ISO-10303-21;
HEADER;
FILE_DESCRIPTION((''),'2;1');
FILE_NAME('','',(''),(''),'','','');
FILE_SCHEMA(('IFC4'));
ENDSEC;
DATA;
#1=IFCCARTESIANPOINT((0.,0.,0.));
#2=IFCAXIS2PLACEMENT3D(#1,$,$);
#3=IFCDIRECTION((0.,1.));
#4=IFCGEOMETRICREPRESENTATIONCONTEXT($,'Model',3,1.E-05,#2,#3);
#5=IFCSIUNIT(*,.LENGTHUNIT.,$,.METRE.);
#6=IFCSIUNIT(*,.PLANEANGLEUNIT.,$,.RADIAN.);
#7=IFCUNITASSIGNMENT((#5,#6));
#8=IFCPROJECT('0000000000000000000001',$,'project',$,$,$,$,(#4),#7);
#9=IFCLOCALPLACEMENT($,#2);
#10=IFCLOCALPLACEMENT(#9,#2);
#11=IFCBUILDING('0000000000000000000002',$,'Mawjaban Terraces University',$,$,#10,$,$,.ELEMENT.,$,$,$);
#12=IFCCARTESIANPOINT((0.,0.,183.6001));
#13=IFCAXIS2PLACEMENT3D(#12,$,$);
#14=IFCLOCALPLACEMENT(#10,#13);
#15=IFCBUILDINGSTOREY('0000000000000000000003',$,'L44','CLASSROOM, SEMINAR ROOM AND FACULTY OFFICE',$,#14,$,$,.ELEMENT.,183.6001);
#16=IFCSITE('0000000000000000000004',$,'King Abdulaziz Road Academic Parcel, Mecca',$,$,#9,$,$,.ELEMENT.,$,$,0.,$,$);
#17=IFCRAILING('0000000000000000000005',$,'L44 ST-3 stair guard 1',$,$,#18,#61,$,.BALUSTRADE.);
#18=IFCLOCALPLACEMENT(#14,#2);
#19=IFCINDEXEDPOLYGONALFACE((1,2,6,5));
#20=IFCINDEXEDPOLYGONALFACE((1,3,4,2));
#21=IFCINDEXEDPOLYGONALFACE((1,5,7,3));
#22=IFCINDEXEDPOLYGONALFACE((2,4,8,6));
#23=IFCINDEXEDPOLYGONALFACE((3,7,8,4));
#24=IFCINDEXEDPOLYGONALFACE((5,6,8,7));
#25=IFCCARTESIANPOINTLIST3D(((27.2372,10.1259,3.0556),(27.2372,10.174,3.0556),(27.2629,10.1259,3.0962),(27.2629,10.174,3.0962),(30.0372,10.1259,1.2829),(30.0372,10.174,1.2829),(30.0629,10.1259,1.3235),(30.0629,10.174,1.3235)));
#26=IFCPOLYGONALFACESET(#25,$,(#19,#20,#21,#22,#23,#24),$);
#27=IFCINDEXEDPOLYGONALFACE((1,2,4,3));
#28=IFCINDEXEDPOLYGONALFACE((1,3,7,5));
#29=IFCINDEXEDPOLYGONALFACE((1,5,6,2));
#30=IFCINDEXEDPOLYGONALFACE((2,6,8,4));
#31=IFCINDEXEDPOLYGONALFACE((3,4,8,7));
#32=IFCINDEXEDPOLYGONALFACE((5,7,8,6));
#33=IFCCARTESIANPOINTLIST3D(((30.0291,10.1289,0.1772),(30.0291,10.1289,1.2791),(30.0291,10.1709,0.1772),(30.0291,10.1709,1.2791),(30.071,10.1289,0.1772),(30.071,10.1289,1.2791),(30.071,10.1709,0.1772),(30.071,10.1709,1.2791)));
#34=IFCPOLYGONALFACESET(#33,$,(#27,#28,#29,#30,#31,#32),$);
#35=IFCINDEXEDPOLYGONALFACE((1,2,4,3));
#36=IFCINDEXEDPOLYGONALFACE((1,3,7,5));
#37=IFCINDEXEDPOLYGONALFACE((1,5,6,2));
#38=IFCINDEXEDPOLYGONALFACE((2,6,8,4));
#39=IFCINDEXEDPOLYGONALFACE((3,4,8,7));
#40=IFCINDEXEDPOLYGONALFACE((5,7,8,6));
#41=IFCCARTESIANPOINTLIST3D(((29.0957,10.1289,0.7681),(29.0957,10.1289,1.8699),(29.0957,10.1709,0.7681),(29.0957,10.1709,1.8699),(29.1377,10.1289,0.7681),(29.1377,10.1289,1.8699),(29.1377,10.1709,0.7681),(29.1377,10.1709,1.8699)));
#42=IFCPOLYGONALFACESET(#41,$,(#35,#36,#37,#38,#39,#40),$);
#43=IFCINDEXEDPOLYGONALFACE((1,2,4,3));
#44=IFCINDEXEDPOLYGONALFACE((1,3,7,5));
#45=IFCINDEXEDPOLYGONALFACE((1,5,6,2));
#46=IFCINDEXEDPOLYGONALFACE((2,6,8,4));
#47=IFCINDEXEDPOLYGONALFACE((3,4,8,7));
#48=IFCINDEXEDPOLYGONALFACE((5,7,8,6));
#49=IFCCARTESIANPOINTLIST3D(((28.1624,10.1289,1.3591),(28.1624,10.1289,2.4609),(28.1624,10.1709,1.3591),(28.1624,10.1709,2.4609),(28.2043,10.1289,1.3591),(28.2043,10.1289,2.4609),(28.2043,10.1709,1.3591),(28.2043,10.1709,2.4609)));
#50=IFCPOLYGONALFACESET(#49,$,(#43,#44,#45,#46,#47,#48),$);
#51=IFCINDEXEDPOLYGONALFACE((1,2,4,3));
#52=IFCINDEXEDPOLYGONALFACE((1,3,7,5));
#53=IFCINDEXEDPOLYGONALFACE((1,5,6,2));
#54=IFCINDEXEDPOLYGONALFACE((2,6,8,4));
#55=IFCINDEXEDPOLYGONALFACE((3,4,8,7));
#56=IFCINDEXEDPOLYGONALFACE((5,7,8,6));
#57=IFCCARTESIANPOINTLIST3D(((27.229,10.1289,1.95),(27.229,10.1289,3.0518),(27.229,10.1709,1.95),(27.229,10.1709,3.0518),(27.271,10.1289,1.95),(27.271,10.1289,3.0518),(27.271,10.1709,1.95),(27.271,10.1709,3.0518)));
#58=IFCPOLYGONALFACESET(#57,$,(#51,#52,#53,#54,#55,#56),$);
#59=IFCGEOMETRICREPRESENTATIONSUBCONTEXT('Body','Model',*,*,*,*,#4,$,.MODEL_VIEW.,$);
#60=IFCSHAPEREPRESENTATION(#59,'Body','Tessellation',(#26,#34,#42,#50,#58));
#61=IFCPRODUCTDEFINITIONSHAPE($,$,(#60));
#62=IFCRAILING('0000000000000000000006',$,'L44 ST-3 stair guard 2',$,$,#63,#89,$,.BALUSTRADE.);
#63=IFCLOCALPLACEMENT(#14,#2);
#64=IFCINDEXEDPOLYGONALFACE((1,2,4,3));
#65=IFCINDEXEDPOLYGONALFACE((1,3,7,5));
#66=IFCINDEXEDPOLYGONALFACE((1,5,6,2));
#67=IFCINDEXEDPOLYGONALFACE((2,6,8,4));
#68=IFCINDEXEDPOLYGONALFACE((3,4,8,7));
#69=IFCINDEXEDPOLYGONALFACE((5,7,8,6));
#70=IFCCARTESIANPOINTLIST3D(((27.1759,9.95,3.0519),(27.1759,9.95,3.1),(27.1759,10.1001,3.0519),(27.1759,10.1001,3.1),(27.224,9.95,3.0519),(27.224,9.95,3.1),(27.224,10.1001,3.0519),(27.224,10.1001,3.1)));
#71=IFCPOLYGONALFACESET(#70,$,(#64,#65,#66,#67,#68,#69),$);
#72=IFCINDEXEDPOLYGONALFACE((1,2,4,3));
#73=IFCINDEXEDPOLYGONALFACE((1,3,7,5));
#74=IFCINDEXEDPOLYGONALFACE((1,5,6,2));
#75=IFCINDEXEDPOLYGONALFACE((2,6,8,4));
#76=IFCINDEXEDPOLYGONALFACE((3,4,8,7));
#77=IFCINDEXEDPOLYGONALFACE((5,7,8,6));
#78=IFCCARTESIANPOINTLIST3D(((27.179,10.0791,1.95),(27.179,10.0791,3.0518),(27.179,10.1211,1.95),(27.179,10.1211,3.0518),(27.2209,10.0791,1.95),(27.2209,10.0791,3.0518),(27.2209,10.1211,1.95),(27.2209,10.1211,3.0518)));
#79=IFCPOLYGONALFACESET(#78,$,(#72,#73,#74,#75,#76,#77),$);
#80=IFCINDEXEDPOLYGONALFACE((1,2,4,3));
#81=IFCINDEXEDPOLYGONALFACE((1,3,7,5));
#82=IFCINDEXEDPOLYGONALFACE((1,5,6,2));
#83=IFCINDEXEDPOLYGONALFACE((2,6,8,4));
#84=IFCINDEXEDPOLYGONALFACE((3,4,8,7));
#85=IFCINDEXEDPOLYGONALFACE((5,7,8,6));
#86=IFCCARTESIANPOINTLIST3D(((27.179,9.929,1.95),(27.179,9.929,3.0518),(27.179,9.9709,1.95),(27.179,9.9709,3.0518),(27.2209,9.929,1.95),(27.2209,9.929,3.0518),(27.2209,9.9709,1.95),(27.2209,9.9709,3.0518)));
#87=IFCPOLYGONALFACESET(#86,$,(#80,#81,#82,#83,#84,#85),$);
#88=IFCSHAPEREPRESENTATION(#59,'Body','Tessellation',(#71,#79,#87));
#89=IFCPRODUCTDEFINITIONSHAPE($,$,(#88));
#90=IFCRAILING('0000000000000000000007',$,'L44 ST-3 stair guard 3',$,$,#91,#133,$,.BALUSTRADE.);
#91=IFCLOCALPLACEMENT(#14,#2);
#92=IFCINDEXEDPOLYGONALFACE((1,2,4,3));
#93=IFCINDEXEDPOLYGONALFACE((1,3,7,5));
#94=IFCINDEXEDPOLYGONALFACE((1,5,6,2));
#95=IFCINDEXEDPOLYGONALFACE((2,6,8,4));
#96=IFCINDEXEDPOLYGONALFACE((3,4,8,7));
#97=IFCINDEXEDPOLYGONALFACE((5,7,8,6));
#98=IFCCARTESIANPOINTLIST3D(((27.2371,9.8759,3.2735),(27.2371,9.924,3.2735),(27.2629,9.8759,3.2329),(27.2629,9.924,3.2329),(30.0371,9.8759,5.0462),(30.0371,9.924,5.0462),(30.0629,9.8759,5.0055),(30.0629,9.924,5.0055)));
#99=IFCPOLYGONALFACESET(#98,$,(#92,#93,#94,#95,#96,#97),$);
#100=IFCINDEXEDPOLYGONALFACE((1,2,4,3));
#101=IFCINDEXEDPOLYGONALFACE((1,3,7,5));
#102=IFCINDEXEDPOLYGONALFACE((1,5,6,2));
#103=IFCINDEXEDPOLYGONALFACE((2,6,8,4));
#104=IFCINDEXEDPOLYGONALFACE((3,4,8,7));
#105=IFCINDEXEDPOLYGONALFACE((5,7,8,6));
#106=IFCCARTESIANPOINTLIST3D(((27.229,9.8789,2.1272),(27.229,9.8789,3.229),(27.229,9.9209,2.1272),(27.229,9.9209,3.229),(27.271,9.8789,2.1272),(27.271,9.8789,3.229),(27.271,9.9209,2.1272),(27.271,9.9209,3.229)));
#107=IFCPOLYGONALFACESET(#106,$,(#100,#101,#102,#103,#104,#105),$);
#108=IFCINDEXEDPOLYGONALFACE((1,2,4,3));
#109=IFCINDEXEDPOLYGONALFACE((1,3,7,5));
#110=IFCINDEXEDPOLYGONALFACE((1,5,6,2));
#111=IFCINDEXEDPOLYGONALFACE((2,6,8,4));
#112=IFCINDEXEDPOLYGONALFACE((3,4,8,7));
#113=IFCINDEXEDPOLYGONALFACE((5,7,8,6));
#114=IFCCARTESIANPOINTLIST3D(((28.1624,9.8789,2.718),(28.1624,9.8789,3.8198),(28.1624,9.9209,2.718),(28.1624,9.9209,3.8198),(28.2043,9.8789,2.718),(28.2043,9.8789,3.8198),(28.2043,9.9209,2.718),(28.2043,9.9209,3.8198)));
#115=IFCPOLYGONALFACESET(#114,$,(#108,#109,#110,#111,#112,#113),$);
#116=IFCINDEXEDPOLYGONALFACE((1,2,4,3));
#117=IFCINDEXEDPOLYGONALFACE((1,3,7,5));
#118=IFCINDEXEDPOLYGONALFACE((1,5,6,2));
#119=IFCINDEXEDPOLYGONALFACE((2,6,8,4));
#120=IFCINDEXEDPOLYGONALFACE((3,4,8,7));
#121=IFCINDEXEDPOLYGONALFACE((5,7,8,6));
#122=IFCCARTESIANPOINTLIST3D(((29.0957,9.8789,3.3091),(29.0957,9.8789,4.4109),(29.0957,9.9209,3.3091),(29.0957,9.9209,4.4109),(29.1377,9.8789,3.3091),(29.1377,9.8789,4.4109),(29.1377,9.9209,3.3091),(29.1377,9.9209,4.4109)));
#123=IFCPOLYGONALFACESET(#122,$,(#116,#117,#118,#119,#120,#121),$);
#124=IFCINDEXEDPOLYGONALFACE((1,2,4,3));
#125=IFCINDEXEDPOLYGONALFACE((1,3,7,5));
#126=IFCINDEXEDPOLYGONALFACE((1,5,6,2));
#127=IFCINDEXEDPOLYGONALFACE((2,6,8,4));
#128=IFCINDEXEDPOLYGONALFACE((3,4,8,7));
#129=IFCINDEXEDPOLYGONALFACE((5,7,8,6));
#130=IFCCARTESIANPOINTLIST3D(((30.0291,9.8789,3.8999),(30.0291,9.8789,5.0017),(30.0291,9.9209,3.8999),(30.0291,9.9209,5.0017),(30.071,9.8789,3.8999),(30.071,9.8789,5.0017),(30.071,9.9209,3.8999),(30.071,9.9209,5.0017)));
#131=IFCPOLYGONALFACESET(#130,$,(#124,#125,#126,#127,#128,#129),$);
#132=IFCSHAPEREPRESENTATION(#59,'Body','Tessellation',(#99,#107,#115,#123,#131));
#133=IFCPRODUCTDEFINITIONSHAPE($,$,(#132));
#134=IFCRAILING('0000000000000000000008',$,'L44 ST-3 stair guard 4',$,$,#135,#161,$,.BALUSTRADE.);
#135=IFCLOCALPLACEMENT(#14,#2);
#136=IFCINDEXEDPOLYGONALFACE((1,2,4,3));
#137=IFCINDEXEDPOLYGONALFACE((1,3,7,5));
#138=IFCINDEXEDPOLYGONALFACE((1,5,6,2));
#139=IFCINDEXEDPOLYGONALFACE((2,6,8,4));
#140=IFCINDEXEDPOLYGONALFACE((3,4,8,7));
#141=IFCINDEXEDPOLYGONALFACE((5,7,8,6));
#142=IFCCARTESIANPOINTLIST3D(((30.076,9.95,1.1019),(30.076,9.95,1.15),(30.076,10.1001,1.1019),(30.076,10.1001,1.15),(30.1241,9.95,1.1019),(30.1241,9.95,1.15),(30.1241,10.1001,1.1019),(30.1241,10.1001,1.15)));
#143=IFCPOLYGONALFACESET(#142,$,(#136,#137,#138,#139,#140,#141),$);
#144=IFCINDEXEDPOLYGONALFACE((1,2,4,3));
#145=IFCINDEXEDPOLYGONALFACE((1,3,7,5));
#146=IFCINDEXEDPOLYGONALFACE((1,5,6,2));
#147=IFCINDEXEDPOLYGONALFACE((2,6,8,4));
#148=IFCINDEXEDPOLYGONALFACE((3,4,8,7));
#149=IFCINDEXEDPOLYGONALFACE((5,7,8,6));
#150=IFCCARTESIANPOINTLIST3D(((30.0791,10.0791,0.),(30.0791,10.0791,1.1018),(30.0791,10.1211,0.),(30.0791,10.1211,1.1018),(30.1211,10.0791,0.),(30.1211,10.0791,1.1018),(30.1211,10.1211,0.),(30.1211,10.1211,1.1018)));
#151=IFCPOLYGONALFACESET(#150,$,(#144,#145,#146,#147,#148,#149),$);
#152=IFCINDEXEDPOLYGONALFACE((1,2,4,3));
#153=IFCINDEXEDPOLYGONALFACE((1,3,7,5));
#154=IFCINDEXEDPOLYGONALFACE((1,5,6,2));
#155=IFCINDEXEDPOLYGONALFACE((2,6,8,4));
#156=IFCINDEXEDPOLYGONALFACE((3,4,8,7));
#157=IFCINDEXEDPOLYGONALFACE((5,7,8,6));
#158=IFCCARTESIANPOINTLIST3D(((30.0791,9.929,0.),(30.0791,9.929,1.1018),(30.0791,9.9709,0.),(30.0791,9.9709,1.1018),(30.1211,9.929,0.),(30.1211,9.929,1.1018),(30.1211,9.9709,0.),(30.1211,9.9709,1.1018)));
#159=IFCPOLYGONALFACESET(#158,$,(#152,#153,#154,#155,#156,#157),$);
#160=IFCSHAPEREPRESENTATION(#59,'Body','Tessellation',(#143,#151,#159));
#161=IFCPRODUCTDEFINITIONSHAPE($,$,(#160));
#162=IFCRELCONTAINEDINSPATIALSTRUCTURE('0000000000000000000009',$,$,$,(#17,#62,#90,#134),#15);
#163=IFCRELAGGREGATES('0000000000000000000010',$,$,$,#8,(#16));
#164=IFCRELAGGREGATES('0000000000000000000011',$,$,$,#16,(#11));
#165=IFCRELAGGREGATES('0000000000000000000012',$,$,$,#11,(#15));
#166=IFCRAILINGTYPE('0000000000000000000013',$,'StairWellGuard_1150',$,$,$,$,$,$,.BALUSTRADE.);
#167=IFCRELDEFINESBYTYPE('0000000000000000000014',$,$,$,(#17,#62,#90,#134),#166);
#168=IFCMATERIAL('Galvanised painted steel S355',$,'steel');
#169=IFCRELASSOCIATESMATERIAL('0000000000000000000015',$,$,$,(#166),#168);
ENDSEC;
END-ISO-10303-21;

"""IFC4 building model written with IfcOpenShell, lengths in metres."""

from ifc_helpers import new_model, si_unit, direction, frame, origin, origin_2d, place, context, subcontext, project, spatial, rectangle, extrude, material, type_object, element, save


model = new_model("IFC4")

# Units and contexts
model_context = context("Model", 3, precision=1e-05, world=origin(), true_north=direction((0.0, 1.0)))
body_context = subcontext(model_context, "Body", "Model", "MODEL_VIEW")
ifc_project = project(units=[si_unit("LENGTHUNIT", "METRE"), si_unit("PLANEANGLEUNIT", "RADIAN")], contexts=[model_context])

# Site, building, storey
site_placement = place(None, origin())
site = spatial("IfcSite", under=ifc_project, at=site_placement, Name="King Abdulaziz Road Academic Parcel, Mecca", CompositionType="ELEMENT", RefElevation=0.0)
building_placement = place(site_placement, origin())
building = spatial("IfcBuilding", under=site, at=building_placement, Name="Mawjaban Terraces University", CompositionType="ELEMENT")
storey_placement = place(building_placement, frame((0.0, 0.0, 183.6001)))
storey = spatial("IfcBuildingStorey", under=building, at=storey_placement, Name="L44", Description="CLASSROOM, SEMINAR ROOM AND FACULTY OFFICE", CompositionType="ELEMENT", Elevation=183.6001)

# Railings
ifc_material_1 = material(Name="Galvanised painted steel S355", Category="steel")
railing_type_1 = type_object("IfcRailingType", Name="StairWellGuard_1150", PredefinedType="BALUSTRADE", material=ifc_material_1)
railing_1_placement = place(storey_placement, frame((30.05, 10.1499, 0.1772)))
element("IfcRailing", 1, at=railing_1_placement, inside=storey, type_object=railing_type_1, Name="L44 ST-3 stair guard 1", PredefinedType="BALUSTRADE", context=body_context, shape_type="SweptSolid", body=[
    extrude(rectangle(XDim=0.0481, YDim=0.0481, at=origin_2d()), frame((0.0, 0.0, 1.126), z_axis=(-0.844909, 0.0, 0.53491), x_axis=(0.0, -1.0, 0.0)), (0.0, 0.0, 1.0), 3.314),
    extrude(rectangle(XDim=0.042, YDim=0.042, at=origin_2d()), origin(), (0.0, 0.0, 1.0), 1.1018),
    extrude(rectangle(XDim=0.042, YDim=0.042, at=origin_2d()), frame((-0.9333, 0.0, 0.5908)), (0.0, 0.0, 1.0), 1.1018),
    extrude(rectangle(XDim=0.042, YDim=0.042, at=origin_2d()), frame((-1.8667, 0.0, 1.1819)), (0.0, 0.0, 1.0), 1.1018),
    extrude(rectangle(XDim=0.042, YDim=0.042, at=origin_2d()), frame((-2.8, 0.0, 1.7727)), (0.0, 0.0, 1.0), 1.1018),
])
railing_2_placement = place(storey_placement, frame((27.2, 10.1001, 1.95)))
element("IfcRailing", 2, at=railing_2_placement, inside=storey, type_object=railing_type_1, Name="L44 ST-3 stair guard 2", PredefinedType="BALUSTRADE", context=body_context, shape_type="SweptSolid", body=[
    extrude(rectangle(XDim=0.0481, YDim=0.0481, at=origin_2d()), frame((0.0, 0.0, 1.126), z_axis=(0.0, -1.0, 0.0), x_axis=(1.0, 0.0, 0.0)), (0.0, 0.0, 1.0), 0.1501),
    extrude(rectangle(XDim=0.042, YDim=0.042, at=origin_2d()), origin(), (0.0, 0.0, 1.0), 1.1018),
    extrude(rectangle(XDim=0.042, YDim=0.042, at=origin_2d()), frame((0.0, -0.1501, 0.0)), (0.0, 0.0, 1.0), 1.1018),
])
railing_3_placement = place(storey_placement, frame((27.25, 9.8999, 2.1272)))
element("IfcRailing", 3, at=railing_3_placement, inside=storey, type_object=railing_type_1, Name="L44 ST-3 stair guard 3", PredefinedType="BALUSTRADE", context=body_context, shape_type="SweptSolid", body=[
    extrude(rectangle(XDim=0.0481, YDim=0.0481, at=origin_2d()), frame((0.0, 0.0, 1.126), z_axis=(0.844909, 0.0, 0.53491), x_axis=(0.0, 1.0, 0.0)), (0.0, 0.0, 1.0), 3.314),
    extrude(rectangle(XDim=0.042, YDim=0.042, at=origin_2d()), origin(), (0.0, 0.0, 1.0), 1.1018),
    extrude(rectangle(XDim=0.042, YDim=0.042, at=origin_2d()), frame((0.9333, 0.0, 0.5908)), (0.0, 0.0, 1.0), 1.1018),
    extrude(rectangle(XDim=0.042, YDim=0.042, at=origin_2d()), frame((1.8667, 0.0, 1.1819)), (0.0, 0.0, 1.0), 1.1018),
    extrude(rectangle(XDim=0.042, YDim=0.042, at=origin_2d()), frame((2.8, 0.0, 1.7727)), (0.0, 0.0, 1.0), 1.1018),
])
railing_4_placement = place(storey_placement, frame((30.1001, 10.1001, 0.0)))
element("IfcRailing", 4, at=railing_4_placement, inside=storey, type_object=railing_type_1, Name="L44 ST-3 stair guard 4", PredefinedType="BALUSTRADE", context=body_context, shape_type="SweptSolid", body=[
    extrude(rectangle(XDim=0.0481, YDim=0.0481, at=origin_2d()), frame((0.0, 0.0, 1.126), z_axis=(0.0, -1.0, 0.0), x_axis=(1.0, 0.0, 0.0)), (0.0, 0.0, 1.0), 0.1501),
    extrude(rectangle(XDim=0.042, YDim=0.042, at=origin_2d()), origin(), (0.0, 0.0, 1.0), 1.1018),
    extrude(rectangle(XDim=0.042, YDim=0.042, at=origin_2d()), frame((0.0, -0.1501, 0.0)), (0.0, 0.0, 1.0), 1.1018),
])

save(model, "model.ifc")
